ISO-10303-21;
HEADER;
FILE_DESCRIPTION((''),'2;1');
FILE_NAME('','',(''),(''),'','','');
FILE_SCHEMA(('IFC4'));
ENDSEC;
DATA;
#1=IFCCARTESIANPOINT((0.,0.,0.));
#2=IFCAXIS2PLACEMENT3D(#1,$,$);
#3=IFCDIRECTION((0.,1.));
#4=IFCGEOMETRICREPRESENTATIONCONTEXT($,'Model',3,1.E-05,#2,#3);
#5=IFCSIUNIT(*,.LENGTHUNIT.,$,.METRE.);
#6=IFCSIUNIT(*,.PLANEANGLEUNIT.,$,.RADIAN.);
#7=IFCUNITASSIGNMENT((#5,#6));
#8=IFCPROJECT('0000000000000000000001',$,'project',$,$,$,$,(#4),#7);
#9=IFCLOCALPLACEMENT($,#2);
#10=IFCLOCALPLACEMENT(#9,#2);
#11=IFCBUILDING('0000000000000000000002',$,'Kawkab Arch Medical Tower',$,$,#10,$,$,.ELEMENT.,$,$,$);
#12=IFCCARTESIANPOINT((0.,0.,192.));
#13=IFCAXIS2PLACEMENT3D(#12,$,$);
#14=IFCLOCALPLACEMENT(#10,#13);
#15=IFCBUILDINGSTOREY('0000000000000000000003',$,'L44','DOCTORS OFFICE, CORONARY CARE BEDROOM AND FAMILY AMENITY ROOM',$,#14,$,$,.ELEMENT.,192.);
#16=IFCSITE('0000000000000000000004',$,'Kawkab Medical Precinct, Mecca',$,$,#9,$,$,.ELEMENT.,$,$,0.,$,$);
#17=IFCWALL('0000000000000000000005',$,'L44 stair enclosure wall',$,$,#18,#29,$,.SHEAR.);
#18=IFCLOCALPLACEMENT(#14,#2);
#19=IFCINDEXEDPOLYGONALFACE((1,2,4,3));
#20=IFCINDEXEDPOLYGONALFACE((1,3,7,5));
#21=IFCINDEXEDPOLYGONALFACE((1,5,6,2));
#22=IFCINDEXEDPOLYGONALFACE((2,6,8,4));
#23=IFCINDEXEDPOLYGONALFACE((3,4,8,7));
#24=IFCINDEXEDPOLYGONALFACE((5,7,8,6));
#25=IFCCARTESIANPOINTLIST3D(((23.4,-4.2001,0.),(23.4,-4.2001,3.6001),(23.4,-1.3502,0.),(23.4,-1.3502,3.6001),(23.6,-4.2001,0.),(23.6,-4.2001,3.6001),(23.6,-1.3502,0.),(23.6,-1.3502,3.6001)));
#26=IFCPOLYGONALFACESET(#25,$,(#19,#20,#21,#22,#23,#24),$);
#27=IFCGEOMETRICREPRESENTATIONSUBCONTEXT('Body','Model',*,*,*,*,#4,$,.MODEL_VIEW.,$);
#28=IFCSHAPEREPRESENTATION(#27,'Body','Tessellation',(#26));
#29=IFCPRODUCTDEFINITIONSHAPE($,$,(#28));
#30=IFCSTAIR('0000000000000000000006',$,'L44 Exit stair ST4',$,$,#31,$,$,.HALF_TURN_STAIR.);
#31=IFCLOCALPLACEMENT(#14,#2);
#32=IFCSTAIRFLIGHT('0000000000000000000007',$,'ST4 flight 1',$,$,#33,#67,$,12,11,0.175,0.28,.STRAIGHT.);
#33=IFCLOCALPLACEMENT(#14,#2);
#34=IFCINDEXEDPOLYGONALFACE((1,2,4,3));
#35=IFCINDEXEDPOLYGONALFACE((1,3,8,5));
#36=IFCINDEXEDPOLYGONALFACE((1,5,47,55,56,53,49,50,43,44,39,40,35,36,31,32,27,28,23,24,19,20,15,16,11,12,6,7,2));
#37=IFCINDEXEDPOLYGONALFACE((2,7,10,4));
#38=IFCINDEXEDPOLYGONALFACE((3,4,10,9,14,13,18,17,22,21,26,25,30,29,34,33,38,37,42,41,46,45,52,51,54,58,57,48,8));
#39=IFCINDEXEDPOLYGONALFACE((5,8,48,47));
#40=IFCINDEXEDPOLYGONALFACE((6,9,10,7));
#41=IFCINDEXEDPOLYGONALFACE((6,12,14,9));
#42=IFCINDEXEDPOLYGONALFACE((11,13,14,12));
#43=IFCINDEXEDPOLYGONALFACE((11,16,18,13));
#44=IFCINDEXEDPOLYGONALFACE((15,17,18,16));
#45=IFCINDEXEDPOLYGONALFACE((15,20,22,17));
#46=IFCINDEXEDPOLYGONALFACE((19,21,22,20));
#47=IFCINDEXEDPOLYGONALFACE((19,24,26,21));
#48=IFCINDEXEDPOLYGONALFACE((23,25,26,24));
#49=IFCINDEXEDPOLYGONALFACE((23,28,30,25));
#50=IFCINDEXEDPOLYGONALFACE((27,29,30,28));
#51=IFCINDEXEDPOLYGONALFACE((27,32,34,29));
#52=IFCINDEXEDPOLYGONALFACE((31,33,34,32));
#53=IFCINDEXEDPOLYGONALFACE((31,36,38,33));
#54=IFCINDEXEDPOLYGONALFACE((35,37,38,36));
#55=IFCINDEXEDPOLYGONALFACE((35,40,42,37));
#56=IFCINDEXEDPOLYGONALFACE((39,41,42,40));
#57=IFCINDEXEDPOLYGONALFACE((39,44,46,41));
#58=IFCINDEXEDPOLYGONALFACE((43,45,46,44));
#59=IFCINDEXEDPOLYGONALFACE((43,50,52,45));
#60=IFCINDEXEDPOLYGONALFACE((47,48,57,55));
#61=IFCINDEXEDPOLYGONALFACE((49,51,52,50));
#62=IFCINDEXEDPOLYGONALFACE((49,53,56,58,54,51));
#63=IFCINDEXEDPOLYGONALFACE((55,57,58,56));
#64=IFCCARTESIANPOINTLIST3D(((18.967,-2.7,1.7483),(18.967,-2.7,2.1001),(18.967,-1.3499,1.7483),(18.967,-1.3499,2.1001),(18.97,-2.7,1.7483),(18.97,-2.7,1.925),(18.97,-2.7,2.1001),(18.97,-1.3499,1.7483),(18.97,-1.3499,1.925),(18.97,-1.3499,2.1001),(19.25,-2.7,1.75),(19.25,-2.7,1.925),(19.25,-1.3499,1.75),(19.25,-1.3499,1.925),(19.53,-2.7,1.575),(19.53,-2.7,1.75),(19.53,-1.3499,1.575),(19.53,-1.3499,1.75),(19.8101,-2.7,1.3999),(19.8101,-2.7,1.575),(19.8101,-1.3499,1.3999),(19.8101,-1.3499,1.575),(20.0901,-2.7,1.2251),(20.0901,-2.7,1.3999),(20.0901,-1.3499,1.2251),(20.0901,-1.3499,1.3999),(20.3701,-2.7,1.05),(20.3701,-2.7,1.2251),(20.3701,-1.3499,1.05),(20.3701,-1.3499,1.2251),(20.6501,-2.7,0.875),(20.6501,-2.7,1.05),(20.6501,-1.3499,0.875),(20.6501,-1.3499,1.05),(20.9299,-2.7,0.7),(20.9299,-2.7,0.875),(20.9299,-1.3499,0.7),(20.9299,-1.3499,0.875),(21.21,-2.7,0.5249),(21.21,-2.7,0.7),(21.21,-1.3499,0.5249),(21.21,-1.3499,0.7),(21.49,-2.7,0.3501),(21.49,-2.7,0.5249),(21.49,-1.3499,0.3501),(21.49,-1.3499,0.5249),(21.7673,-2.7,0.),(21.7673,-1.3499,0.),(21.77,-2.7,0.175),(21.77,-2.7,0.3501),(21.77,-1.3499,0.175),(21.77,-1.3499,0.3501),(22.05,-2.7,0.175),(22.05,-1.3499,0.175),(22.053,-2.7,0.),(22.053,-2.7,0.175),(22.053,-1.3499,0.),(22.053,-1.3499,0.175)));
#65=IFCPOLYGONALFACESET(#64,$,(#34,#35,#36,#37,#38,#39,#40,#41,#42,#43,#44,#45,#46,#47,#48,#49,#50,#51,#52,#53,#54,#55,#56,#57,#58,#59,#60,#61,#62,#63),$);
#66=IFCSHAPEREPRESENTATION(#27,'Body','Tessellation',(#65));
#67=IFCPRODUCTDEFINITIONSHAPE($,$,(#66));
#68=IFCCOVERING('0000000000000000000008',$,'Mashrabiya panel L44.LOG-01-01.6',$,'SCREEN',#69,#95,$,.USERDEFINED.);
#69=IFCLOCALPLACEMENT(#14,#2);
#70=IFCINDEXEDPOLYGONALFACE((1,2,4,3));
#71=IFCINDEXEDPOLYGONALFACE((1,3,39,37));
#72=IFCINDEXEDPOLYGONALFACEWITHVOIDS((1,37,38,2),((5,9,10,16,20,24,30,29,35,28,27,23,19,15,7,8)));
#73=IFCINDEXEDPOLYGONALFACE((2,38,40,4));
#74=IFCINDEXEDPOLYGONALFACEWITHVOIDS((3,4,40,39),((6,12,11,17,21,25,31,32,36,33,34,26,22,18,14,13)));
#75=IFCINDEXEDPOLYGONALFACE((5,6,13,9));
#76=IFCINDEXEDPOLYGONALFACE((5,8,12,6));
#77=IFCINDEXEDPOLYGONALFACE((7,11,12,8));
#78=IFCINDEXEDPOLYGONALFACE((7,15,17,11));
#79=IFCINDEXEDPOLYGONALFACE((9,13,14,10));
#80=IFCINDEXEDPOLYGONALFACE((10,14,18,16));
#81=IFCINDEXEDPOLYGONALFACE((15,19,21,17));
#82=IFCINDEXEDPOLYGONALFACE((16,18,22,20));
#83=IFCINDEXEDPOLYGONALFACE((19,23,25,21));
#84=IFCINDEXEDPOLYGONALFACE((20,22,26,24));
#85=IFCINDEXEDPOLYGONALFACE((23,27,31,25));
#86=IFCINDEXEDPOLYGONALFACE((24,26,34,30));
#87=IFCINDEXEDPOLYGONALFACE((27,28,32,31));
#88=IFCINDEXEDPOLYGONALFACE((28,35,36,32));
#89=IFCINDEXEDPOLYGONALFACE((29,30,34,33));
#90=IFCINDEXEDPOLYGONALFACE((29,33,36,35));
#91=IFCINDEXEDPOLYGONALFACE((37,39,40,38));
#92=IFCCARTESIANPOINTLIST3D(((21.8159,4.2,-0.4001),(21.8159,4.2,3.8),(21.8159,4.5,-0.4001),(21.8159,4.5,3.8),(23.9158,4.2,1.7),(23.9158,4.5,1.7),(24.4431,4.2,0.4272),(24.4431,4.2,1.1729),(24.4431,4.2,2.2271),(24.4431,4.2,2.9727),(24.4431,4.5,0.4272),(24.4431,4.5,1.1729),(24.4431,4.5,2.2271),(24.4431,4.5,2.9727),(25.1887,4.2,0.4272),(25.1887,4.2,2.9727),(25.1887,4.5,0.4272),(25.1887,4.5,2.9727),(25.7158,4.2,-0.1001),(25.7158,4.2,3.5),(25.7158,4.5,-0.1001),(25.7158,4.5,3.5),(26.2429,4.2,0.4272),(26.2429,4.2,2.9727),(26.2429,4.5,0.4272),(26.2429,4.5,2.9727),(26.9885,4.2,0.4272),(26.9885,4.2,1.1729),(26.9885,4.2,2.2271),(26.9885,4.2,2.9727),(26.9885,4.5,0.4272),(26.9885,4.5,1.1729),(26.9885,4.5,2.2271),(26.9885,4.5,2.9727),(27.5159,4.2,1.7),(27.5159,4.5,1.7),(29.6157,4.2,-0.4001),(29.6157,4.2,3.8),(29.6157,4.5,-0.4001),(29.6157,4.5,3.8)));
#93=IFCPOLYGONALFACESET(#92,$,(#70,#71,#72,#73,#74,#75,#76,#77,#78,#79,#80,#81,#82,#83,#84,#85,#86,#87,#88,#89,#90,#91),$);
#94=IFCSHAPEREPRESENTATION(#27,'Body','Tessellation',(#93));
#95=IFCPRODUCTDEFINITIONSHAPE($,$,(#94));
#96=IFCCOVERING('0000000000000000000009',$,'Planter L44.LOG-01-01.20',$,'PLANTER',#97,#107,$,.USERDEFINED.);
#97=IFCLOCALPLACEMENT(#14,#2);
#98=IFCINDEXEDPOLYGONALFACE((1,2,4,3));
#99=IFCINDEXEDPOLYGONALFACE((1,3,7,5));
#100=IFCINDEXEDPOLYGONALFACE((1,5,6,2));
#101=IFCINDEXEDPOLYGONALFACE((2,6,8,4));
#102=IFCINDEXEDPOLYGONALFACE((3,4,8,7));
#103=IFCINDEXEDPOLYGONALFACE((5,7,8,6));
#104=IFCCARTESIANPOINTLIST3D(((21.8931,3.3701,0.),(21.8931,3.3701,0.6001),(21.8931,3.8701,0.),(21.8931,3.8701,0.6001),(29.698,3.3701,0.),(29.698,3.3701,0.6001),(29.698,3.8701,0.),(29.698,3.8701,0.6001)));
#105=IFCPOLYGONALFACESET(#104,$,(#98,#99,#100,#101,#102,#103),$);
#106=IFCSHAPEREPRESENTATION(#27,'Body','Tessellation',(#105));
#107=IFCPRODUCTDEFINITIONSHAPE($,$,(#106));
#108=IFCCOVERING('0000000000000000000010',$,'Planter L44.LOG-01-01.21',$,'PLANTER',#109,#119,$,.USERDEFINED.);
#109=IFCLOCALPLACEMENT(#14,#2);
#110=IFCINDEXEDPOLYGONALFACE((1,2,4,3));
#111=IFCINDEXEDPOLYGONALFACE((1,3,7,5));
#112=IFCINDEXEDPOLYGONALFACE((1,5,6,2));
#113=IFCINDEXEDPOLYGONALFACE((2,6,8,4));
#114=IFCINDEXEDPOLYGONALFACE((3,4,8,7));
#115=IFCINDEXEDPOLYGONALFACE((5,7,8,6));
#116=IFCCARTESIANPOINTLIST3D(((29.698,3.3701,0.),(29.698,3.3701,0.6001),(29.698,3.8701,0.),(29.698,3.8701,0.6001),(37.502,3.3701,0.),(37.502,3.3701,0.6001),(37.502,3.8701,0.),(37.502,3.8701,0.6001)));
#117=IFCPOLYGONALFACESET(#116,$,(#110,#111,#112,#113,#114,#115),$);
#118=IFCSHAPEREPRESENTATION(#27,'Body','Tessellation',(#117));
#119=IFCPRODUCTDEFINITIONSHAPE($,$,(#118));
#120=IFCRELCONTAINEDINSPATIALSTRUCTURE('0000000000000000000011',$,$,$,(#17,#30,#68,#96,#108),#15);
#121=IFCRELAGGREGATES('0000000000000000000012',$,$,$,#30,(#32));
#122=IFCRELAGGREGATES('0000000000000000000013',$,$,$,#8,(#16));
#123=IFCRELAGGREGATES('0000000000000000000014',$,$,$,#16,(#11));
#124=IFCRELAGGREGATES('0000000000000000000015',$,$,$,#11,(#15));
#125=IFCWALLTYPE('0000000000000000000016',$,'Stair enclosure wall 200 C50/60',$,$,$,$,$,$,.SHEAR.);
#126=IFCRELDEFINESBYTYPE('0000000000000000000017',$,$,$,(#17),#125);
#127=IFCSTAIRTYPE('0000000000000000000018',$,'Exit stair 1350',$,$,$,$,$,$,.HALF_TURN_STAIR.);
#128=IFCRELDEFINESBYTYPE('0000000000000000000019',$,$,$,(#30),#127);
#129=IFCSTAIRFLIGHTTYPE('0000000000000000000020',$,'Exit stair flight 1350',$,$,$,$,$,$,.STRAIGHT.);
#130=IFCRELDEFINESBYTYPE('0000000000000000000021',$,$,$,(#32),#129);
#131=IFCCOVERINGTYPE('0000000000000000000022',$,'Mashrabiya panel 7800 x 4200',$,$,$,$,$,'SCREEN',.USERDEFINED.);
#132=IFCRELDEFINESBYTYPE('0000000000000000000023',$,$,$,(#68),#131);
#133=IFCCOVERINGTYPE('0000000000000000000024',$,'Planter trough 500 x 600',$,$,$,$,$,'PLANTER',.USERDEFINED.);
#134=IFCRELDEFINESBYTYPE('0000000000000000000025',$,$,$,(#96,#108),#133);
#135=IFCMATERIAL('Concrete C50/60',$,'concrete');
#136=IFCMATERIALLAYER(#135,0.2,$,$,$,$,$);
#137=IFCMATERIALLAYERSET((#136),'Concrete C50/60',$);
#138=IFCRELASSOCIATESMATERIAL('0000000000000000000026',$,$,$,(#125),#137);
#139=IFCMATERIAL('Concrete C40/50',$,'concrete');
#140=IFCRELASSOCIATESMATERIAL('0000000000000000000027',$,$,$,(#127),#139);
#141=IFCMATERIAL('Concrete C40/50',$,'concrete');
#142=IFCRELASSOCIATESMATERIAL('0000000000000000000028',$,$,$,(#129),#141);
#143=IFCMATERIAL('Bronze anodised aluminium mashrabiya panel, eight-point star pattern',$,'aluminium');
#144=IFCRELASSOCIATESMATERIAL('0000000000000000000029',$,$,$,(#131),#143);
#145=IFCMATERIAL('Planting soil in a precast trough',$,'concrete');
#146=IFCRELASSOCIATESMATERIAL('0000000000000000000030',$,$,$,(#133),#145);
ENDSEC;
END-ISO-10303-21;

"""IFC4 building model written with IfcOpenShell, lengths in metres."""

from ifc_helpers import new_model, si_unit, direction, frame, frame_2d, origin, origin_2d, place, context, subcontext, project, spatial, polyline, rectangle, outline, extrude, material, layer, layer_set, material_profile, profile_set, type_object, element, aggregate, save


model = new_model("IFC4")

# Units and contexts
model_context = context("Model", 3, precision=1e-05, world=origin(), true_north=direction((0.0, 1.0)))
body_context = subcontext(model_context, "Body", "Model", "MODEL_VIEW")
ifc_project = project(units=[si_unit("LENGTHUNIT", "METRE"), si_unit("PLANEANGLEUNIT", "RADIAN")], contexts=[model_context])

# Site, building, storey
site_placement = place(None, origin())
site = spatial("IfcSite", under=ifc_project, at=site_placement, Name="Kawkab Medical Precinct, Mecca", CompositionType="ELEMENT", RefElevation=0.0)
building_placement = place(site_placement, origin())
building = spatial("IfcBuilding", under=site, at=building_placement, Name="Kawkab Arch Medical Tower", CompositionType="ELEMENT")
storey_placement = place(building_placement, frame((0.0, 0.0, 192.0)))
storey = spatial("IfcBuildingStorey", under=building, at=storey_placement, Name="L44", Description="DOCTORS OFFICE, CORONARY CARE BEDROOM AND FAMILY AMENITY ROOM", CompositionType="ELEMENT", Elevation=192.0)

# Shared definitions
placement = place(storey_placement, origin())

# Wall
ifc_material_1 = material(Name="Concrete C50/60", Category="concrete")
ifc_layer_1 = layer(ifc_material_1, 0.2)
ifc_layer_set_1 = layer_set([ifc_layer_1], Name="Concrete C50/60")
wall_type_1 = type_object("IfcWallType", Name="Stair enclosure wall 200 C50/60", PredefinedType="SHEAR", material=ifc_layer_set_1)
wall_1_placement = place(storey_placement, frame((23.5, -4.2, 0.0), z_axis=(0.0, 0.0, 1.0), x_axis=(0.0, 1.0, 0.0)))
element("IfcWall", 1, at=wall_1_placement, inside=storey, type_object=wall_type_1, Name="L44 stair enclosure wall", PredefinedType="SHEAR", context=body_context, shape_type="SweptSolid", body=[
    extrude(rectangle(XDim=2.8499, YDim=0.2, at=frame_2d((1.4248, 0.0))), origin(), (0.0, 0.0, 1.0), 3.6001),
])

# Stair, stair flight
ifc_material_2 = material(Name="Concrete C40/50", Category="concrete")
stair_type = type_object("IfcStairType", Name="Exit stair 1350", PredefinedType="HALF_TURN_STAIR", material=ifc_material_2)
stair = element("IfcStair", 2, at=placement, inside=storey, type_object=stair_type, Name="L44 Exit stair ST4", PredefinedType="HALF_TURN_STAIR")
ifc_material_3 = material(Name="Concrete C40/50", Category="concrete")
stair_flight_type = type_object("IfcStairFlightType", Name="Exit stair flight 1350", PredefinedType="STRAIGHT", material=ifc_material_3)
stair_flight_placement = place(storey_placement, frame((22.05, -2.0249, 0.0), z_axis=(0.0, 0.0, 1.0), x_axis=(-1.0, 0.0, 0.0)))
stair_flight = element("IfcStairFlight", 3, at=stair_flight_placement, type_object=stair_flight_type, Name="ST4 flight 1", NumberOfRisers=12, NumberOfTreads=11, PredefinedType="STRAIGHT", RiserHeight=0.175, TreadLength=0.28, context=body_context, shape_type="SweptSolid", body=[
    extrude(outline(polyline([(-0.0029, 0.0), (-0.0029, 0.175), (0.0, 0.175), (0.28, 0.175), (0.28, 0.3501), (0.5601, 0.3501), (0.5601, 0.5249), (0.8401, 0.5249), (0.8401, 0.7), (1.1201, 0.7), (1.1201, 0.875), (1.3999, 0.875), (1.3999, 1.05), (1.6799, 1.05), (1.6799, 1.2251), (1.96, 1.2251), (1.96, 1.3999), (2.24, 1.3999), (2.24, 1.575), (2.52, 1.575), (2.52, 1.75), (2.8, 1.75), (2.8, 1.925), (3.0801, 1.925), (3.0801, 2.1001), (3.083, 2.1001), (3.083, 1.7483), (3.0801, 1.7483), (0.2827, 0.0), (-0.0029, 0.0)])), frame((0.0, 0.675, 0.0), z_axis=(0.0, -1.0, 0.0), x_axis=(1.0, 0.0, 0.0)), (0.0, 0.0, 1.0), 1.3501),
])
aggregate(stair, [stair_flight])

# Coverings
ifc_material_4 = material(Name="Bronze anodised aluminium mashrabiya panel, eight-point star pattern", Category="aluminium")
ifc_material_profile_1 = material_profile(ifc_material_4, outline(polyline([(-3.8999, -2.1001), (3.8999, -2.1001), (3.8999, 2.1001), (-3.8999, 2.1001), (-3.8999, -2.1001)]), holes=[polyline([(1.8, 0.0), (1.2727, 0.5271), (1.2727, 1.2727), (0.5271, 1.2727), (0.0, 1.8), (-0.5271, 1.2727), (-1.2727, 1.2727), (-1.2727, 0.5271), (-1.8, 0.0), (-1.2727, -0.5271), (-1.2727, -1.2727), (-0.5271, -1.2727), (0.0, -1.8), (0.5271, -1.2727), (1.2727, -1.2727), (1.2727, -0.5271), (1.8, 0.0)])]), Name="Mashrabiya panel 7800x4200")
ifc_profile_set_1 = profile_set([ifc_material_profile_1], Name="Bronze anodised aluminium mashrabiya panel, eight-point star pattern")
covering_type_1 = type_object("IfcCoveringType", Name="Mashrabiya panel 7800 x 4200", ElementType="SCREEN", PredefinedType="USERDEFINED", material=ifc_profile_set_1)
covering_1_placement = place(storey_placement, frame((25.7158, 4.2, 1.7), z_axis=(0.0, 1.0, 0.0), x_axis=(-1.0, 0.0, 0.0)))
element("IfcCovering", 4, at=covering_1_placement, inside=storey, type_object=covering_type_1, Name="Mashrabiya panel L44.LOG-01-01.6", ObjectType="SCREEN", PredefinedType="USERDEFINED", context=body_context, shape_type="SweptSolid", body=[
    extrude(outline(polyline([(-3.8999, -2.1001), (3.8999, -2.1001), (3.8999, 2.1001), (-3.8999, 2.1001), (-3.8999, -2.1001)]), holes=[polyline([(1.8, 0.0), (1.2727, 0.5271), (1.2727, 1.2727), (0.5271, 1.2727), (0.0, 1.8), (-0.5271, 1.2727), (-1.2727, 1.2727), (-1.2727, 0.5271), (-1.8, 0.0), (-1.2727, -0.5271), (-1.2727, -1.2727), (-0.5271, -1.2727), (0.0, -1.8), (0.5271, -1.2727), (1.2727, -1.2727), (1.2727, -0.5271), (1.8, 0.0)])]), origin(), (0.0, 0.0, 1.0), 0.3),
])
ifc_material_5 = material(Name="Planting soil in a precast trough", Category="concrete")
ifc_material_profile_2 = material_profile(ifc_material_5, rectangle(XDim=0.5, YDim=0.6001, at=origin_2d()), Name="Trough 500x600")
ifc_profile_set_2 = profile_set([ifc_material_profile_2], Name="Planting soil in a precast trough")
covering_type_2 = type_object("IfcCoveringType", Name="Planter trough 500 x 600", ElementType="PLANTER", PredefinedType="USERDEFINED", material=ifc_profile_set_2)
covering_2_placement = place(storey_placement, frame((21.8931, 3.6201, 0.3), z_axis=(1.0, 0.0, 0.0), x_axis=(0.0, 1.0, 0.0)))
element("IfcCovering", 5, at=covering_2_placement, inside=storey, type_object=covering_type_2, Name="Planter L44.LOG-01-01.20", ObjectType="PLANTER", PredefinedType="USERDEFINED", context=body_context, shape_type="SweptSolid", body=[
    extrude(rectangle(XDim=0.5, YDim=0.6001, at=origin_2d()), origin(), (0.0, 0.0, 1.0), 7.8049),
])
covering_3_placement = place(storey_placement, frame((29.698, 3.6201, 0.3), z_axis=(1.0, 0.0, 0.0), x_axis=(0.0, 1.0, 0.0)))
element("IfcCovering", 6, at=covering_3_placement, inside=storey, type_object=covering_type_2, Name="Planter L44.LOG-01-01.21", ObjectType="PLANTER", PredefinedType="USERDEFINED", context=body_context, shape_type="SweptSolid", body=[
    extrude(rectangle(XDim=0.5, YDim=0.6001, at=origin_2d()), origin(), (0.0, 0.0, 1.0), 7.804),
])

save(model, "model.ifc")
